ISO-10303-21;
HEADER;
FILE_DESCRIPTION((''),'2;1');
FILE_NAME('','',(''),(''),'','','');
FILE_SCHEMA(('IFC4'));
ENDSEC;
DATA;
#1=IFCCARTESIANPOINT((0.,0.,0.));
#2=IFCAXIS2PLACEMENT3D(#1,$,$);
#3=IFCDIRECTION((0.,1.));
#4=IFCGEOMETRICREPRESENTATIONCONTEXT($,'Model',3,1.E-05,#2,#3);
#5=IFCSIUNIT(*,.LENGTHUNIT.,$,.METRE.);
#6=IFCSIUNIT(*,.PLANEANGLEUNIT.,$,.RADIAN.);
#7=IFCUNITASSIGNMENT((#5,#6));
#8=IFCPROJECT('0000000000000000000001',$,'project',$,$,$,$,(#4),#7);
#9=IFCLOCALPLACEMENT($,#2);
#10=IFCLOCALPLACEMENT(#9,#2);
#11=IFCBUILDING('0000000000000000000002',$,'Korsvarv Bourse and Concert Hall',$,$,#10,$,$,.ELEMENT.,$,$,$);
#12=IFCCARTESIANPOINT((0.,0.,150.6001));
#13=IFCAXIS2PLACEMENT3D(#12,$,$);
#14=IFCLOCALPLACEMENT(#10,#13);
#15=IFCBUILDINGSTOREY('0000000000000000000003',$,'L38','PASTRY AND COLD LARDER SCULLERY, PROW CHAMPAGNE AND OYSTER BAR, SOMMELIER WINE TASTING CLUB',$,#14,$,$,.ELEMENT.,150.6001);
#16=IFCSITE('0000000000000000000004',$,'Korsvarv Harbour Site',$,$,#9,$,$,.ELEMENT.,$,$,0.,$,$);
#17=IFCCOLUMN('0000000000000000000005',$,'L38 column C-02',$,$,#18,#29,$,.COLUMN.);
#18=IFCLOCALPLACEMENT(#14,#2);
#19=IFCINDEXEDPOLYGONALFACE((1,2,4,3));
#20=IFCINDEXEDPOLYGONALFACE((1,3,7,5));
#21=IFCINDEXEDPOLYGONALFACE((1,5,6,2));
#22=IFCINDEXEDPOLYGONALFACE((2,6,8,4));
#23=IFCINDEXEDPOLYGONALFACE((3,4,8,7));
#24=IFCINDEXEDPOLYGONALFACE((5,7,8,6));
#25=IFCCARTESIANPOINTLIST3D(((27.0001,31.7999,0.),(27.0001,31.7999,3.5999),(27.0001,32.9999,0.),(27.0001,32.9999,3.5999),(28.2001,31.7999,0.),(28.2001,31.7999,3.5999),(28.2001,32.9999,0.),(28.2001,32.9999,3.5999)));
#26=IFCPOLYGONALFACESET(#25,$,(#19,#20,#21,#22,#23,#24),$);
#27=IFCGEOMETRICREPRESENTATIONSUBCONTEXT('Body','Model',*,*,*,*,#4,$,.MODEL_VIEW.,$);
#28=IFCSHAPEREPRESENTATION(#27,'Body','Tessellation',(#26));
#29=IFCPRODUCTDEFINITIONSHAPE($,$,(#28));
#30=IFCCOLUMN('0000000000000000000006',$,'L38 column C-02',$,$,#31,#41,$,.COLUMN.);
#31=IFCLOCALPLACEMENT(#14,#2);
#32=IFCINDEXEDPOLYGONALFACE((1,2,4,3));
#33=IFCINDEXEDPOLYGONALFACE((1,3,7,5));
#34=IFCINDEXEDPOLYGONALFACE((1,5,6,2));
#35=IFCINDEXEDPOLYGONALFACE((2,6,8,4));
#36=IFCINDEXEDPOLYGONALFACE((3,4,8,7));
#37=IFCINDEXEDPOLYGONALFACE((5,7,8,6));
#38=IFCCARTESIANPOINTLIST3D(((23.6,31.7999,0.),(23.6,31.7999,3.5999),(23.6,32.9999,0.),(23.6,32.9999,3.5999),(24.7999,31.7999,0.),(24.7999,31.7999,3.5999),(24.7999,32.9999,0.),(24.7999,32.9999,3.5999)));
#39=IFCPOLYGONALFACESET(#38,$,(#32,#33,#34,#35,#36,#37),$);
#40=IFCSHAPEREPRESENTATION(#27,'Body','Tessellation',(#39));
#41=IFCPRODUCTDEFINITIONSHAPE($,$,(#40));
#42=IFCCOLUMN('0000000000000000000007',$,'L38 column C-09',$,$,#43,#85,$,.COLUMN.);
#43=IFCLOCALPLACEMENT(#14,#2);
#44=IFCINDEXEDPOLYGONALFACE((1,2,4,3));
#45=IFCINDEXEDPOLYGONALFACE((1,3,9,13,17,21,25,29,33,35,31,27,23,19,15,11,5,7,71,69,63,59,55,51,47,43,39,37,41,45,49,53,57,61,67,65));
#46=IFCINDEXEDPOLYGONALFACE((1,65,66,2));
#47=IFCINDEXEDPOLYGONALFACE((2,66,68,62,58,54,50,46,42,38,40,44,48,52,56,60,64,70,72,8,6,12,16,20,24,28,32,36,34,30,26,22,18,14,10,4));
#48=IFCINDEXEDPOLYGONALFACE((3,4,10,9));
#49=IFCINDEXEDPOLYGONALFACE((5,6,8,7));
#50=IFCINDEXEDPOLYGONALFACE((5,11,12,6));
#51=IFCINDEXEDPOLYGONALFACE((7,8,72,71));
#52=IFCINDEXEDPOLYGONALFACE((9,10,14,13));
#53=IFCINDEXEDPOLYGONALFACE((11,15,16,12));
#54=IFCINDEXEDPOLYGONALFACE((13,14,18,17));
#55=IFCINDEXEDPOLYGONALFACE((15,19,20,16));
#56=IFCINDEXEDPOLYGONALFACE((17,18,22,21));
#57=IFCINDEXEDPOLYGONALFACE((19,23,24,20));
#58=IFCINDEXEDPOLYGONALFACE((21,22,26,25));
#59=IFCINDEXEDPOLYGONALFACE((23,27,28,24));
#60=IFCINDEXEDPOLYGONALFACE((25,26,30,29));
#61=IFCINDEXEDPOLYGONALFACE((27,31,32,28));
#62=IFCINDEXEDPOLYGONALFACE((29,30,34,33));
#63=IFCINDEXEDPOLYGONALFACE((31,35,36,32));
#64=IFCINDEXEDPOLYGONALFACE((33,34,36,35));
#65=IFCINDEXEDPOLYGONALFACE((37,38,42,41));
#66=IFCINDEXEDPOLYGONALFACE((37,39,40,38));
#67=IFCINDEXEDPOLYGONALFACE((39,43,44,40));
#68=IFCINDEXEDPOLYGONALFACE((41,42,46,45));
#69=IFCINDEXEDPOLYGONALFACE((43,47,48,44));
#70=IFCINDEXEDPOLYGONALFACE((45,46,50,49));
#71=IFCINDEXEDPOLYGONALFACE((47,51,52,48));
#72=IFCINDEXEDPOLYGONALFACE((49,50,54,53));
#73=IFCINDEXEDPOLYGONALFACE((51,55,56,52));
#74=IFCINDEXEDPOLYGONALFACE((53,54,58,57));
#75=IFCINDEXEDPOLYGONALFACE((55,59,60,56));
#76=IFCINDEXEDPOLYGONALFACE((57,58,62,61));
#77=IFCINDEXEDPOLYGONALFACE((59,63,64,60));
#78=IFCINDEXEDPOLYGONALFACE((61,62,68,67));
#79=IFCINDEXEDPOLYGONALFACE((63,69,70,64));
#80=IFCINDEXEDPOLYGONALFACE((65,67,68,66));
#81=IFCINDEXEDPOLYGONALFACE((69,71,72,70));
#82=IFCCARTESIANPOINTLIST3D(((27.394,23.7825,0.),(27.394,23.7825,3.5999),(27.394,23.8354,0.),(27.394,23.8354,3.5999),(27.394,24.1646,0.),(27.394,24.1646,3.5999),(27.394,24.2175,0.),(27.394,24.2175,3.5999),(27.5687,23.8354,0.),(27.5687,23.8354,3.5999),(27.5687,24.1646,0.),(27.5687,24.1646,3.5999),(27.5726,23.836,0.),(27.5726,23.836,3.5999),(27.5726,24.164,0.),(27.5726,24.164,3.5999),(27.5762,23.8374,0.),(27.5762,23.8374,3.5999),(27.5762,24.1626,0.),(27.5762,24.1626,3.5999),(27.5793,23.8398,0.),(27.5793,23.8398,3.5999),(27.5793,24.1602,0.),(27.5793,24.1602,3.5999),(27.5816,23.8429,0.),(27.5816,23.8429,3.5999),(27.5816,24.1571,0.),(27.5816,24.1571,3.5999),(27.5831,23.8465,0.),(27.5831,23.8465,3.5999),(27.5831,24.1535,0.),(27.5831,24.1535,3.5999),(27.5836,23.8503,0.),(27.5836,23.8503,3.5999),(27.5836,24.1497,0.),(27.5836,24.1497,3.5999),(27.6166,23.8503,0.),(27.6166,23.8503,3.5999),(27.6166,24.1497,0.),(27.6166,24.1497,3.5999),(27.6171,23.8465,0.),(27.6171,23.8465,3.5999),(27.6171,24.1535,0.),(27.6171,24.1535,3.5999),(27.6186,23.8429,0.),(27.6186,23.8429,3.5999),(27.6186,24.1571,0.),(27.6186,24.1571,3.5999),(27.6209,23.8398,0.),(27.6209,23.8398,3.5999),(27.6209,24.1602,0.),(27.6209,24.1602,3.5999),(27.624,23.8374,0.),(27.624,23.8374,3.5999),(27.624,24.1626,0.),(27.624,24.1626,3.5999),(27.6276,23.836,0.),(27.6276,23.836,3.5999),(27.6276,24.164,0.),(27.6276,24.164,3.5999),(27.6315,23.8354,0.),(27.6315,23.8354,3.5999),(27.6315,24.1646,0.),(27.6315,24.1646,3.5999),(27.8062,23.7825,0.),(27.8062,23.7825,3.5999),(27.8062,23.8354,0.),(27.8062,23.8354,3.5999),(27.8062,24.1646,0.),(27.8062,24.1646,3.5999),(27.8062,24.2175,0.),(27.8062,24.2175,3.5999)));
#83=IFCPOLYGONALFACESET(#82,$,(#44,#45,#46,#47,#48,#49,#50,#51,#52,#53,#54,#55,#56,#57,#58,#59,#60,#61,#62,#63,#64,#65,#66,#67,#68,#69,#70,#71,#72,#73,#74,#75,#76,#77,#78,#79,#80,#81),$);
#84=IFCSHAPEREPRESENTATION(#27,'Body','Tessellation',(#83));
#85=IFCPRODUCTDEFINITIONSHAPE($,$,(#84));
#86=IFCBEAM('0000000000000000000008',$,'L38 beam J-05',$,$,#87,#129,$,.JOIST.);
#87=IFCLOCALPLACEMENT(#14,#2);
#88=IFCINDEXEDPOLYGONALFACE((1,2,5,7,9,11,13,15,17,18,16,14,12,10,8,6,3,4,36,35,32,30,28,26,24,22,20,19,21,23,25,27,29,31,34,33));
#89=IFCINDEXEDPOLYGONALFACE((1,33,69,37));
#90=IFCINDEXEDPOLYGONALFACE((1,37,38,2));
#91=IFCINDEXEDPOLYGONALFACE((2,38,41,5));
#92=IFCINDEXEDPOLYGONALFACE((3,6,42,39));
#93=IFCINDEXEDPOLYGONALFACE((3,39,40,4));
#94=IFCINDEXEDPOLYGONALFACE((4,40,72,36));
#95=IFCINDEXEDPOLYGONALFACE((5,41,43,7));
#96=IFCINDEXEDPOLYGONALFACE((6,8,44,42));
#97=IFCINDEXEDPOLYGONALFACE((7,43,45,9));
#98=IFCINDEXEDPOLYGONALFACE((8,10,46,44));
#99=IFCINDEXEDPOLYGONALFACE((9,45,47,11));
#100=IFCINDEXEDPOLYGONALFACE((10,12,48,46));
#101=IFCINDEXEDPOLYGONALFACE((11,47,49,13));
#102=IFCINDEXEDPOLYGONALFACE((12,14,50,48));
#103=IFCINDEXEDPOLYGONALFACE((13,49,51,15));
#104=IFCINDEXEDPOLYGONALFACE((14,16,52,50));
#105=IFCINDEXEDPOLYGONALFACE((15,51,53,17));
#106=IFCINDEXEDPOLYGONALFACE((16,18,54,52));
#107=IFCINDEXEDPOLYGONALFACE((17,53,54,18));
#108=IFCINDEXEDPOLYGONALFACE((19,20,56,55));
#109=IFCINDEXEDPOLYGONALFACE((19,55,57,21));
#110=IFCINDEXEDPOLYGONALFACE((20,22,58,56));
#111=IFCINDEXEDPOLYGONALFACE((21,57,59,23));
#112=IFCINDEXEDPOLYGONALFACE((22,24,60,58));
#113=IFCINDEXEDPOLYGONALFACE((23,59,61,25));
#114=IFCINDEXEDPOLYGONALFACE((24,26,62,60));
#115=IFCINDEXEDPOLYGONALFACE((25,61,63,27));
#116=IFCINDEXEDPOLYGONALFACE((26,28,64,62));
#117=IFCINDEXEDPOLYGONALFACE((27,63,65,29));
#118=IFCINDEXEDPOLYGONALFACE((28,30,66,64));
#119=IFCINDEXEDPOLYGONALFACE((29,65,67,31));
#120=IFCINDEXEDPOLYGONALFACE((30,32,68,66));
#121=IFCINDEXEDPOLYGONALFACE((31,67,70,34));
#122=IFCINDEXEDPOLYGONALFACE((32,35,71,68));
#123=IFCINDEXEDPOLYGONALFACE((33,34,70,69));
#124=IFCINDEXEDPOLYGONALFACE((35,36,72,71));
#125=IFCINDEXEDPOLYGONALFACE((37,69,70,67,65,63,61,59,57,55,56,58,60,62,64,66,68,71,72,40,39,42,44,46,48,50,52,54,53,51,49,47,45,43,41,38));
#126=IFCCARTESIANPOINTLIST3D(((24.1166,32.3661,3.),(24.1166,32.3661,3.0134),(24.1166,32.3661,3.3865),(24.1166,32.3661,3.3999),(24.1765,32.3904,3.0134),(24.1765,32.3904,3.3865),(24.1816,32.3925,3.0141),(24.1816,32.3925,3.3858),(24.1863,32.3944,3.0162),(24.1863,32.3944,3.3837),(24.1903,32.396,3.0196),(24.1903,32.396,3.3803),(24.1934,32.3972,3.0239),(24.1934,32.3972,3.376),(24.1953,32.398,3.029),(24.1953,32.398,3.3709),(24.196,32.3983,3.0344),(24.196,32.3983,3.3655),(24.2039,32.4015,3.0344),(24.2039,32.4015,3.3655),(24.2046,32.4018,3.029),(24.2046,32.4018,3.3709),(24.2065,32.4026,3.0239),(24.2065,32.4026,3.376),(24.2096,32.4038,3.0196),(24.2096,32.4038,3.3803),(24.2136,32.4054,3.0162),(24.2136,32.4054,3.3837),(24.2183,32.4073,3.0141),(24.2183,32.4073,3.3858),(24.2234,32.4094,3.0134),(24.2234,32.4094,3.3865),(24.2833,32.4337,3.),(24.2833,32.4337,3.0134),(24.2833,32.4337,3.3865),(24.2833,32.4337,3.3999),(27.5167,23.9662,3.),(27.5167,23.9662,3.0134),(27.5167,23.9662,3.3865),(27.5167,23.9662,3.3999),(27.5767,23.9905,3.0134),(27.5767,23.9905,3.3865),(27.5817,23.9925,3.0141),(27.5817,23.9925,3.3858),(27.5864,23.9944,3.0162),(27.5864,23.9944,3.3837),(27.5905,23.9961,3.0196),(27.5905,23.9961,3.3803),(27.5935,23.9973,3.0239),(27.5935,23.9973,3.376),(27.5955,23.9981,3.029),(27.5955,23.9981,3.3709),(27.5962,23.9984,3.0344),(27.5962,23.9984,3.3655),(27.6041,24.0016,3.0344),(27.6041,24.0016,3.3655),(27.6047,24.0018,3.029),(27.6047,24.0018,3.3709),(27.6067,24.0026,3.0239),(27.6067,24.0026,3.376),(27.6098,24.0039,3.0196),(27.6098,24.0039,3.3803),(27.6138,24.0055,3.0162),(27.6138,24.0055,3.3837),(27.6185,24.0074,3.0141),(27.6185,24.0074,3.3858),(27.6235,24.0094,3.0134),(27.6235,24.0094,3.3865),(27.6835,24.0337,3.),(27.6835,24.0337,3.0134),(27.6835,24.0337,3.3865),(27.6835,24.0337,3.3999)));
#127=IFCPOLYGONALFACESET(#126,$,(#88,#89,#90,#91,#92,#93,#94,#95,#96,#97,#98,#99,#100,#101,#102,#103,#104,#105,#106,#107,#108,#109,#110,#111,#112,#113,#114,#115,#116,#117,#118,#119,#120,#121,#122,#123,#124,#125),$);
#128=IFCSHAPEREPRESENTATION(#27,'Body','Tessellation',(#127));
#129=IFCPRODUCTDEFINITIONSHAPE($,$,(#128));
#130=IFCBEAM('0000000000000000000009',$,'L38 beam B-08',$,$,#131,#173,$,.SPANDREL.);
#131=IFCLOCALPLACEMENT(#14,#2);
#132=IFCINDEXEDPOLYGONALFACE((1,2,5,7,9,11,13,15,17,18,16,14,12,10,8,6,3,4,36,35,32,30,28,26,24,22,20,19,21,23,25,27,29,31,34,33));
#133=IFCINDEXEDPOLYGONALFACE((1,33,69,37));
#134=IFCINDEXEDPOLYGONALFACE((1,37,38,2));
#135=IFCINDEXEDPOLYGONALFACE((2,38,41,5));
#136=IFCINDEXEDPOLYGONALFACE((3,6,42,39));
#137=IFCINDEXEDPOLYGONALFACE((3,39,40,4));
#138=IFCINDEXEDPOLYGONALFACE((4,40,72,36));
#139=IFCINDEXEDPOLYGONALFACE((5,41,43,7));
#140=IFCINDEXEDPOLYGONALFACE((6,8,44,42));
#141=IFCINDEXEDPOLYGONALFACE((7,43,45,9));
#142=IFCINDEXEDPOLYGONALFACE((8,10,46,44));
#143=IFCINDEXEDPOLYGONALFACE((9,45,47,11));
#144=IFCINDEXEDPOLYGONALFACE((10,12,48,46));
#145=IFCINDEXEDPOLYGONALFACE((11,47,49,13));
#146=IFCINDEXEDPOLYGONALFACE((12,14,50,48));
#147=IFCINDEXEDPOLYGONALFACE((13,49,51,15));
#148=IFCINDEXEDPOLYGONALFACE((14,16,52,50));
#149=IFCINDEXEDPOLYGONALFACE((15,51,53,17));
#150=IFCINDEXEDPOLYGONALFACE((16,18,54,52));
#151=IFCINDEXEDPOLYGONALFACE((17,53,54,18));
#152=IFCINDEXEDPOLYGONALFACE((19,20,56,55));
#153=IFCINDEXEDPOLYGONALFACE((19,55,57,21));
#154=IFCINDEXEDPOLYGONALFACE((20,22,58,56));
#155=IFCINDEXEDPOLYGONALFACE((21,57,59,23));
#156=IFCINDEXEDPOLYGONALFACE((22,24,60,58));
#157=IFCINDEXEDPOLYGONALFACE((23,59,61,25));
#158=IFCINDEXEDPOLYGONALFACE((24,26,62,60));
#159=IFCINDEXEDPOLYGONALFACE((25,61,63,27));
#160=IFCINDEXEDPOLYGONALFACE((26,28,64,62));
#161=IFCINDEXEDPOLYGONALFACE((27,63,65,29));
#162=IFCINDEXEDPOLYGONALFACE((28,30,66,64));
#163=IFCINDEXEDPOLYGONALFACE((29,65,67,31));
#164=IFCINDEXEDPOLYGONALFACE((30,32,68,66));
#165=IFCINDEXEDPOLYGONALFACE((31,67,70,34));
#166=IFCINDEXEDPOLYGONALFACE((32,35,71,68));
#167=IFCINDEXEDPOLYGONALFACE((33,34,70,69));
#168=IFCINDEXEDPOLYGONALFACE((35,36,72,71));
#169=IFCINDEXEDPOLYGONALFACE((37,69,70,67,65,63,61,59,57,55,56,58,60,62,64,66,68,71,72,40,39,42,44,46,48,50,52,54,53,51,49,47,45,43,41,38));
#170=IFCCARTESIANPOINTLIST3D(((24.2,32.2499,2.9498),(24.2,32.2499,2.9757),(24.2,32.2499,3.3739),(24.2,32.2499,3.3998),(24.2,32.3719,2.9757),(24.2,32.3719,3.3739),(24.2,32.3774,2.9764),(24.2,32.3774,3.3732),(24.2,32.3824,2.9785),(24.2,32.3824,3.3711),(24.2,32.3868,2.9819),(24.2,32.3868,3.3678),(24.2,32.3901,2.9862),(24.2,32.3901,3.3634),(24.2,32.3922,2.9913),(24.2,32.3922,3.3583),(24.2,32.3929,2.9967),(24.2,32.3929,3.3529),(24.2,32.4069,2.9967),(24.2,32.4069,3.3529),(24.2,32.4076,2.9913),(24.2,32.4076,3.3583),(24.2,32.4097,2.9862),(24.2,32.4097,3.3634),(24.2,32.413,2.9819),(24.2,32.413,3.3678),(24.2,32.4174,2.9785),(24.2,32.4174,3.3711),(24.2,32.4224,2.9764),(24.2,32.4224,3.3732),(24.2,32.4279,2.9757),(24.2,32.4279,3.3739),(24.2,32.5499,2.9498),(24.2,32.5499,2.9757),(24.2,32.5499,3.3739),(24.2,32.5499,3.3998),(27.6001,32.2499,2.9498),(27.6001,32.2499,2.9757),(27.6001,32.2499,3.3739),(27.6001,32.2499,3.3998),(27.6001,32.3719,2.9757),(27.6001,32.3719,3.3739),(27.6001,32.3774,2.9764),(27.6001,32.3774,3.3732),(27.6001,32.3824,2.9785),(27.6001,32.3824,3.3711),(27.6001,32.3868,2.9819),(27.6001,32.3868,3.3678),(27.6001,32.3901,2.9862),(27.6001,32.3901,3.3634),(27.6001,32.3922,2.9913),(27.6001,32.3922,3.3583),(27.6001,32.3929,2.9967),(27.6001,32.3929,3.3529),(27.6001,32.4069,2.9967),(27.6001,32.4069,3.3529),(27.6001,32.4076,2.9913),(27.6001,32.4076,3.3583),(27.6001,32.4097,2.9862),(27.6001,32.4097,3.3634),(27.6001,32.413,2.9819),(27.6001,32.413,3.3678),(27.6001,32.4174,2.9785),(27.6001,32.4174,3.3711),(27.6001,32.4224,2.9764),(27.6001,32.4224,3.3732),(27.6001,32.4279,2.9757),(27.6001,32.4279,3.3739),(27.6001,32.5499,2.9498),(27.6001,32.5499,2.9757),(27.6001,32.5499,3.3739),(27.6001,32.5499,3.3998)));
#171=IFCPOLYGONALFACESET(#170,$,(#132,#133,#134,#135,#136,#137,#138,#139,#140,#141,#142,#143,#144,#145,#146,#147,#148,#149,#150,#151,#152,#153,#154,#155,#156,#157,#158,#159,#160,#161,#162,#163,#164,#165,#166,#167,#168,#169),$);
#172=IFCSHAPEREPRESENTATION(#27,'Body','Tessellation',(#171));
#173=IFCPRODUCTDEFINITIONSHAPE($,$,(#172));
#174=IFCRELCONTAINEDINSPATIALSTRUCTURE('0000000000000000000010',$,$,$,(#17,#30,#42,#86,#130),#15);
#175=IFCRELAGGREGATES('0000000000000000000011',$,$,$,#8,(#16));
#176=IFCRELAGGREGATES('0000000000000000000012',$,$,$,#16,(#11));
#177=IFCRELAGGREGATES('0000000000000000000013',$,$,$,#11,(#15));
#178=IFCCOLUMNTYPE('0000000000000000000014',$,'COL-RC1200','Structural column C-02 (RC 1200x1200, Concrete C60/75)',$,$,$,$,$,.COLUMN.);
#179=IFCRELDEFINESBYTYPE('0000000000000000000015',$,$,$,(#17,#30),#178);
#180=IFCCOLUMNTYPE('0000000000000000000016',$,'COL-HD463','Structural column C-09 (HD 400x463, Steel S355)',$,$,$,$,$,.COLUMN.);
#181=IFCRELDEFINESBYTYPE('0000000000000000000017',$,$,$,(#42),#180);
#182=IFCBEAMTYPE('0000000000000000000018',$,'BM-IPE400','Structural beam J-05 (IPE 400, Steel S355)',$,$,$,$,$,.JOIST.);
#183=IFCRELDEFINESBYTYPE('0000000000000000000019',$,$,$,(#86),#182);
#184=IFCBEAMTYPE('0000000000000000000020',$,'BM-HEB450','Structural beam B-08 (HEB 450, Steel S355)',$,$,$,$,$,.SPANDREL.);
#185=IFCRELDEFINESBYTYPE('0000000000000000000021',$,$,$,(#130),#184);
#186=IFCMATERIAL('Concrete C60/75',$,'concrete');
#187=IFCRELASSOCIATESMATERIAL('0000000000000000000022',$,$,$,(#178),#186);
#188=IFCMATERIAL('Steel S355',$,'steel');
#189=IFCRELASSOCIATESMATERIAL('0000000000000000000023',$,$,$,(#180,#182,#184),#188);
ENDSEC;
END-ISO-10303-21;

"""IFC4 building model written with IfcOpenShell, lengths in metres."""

from ifc_helpers import new_model, si_unit, direction, frame, origin, origin_2d, place, context, subcontext, project, spatial, rectangle, i_section, extrude, source, transform, mapped, material, material_profile, profile_set, type_object, element, save


model = new_model("IFC4")

# Units and contexts
model_context = context("Model", 3, precision=1e-05, world=origin(), true_north=direction((0.0, 1.0)))
body_context = subcontext(model_context, "Body", "Model", "MODEL_VIEW")
ifc_project = project(units=[si_unit("LENGTHUNIT", "METRE"), si_unit("PLANEANGLEUNIT", "RADIAN")], contexts=[model_context])

# Site, building, storey
site_placement = place(None, origin())
site = spatial("IfcSite", under=ifc_project, at=site_placement, Name="Korsvarv Harbour Site", CompositionType="ELEMENT", RefElevation=0.0)
building_placement = place(site_placement, origin())
building = spatial("IfcBuilding", under=site, at=building_placement, Name="Korsvarv Bourse and Concert Hall", CompositionType="ELEMENT")
storey_placement = place(building_placement, frame((0.0, 0.0, 150.6001)))
storey = spatial("IfcBuildingStorey", under=building, at=storey_placement, Name="L38", Description="PASTRY AND COLD LARDER SCULLERY, PROW CHAMPAGNE AND OYSTER BAR, SOMMELIER WINE TASTING CLUB", CompositionType="ELEMENT", Elevation=150.6001)

# Columns
ifc_material_1 = material(Name="Concrete C60/75", Category="concrete")
ifc_material_profile_1 = material_profile(ifc_material_1, rectangle(XDim=1.2, YDim=1.2, at=origin_2d()), Name="RC 1200x1200")
ifc_profile_set_1 = profile_set([ifc_material_profile_1], Name="Concrete C60/75")
column_type_1 = type_object("IfcColumnType", Name="COL-RC1200", Description="Structural column C-02 (RC 1200x1200, Concrete C60/75)", PredefinedType="COLUMN", material=ifc_profile_set_1)
shared_shape_1 = source(origin(), body_context, "Body", "SweptSolid", [
    extrude(rectangle(XDim=1.2, YDim=1.2, at=origin_2d()), origin(), (0.0, 0.0, 1.0), 3.5999),
])
for number, where, z_axis, x_axis, name in (
    (1, (27.6001, 32.3999, 0.0), (0.0, 0.0, 1.0), (1.0, 0.0, 0.0), "L38 column C-02"),
    (2, (24.2, 32.3999, 0.0), (0.0, 0.0, 1.0), (1.0, 0.0, 0.0), "L38 column C-02"),
):
    element("IfcColumn", number, at=place(storey_placement, frame(where, z_axis=z_axis, x_axis=x_axis)), inside=storey, type_object=column_type_1, Name=name, PredefinedType="COLUMN", context=body_context, shape_type="MappedRepresentation", body=[
        mapped(shared_shape_1, transform((0.0, 0.0, 0.0), scale=1.0)),
    ])
ifc_material_2 = material(Name="Steel S355", Category="steel")
ifc_material_profile_2 = material_profile(ifc_material_2, i_section(OverallWidth=0.4121, OverallDepth=0.4351, WebThickness=0.033, FlangeThickness=0.053, FilletRadius=0.0149, at=origin_2d()), Name="HD 400x463")
ifc_profile_set_2 = profile_set([ifc_material_profile_2], Name="Steel S355")
column_type_2 = type_object("IfcColumnType", Name="COL-HD463", Description="Structural column C-09 (HD 400x463, Steel S355)", PredefinedType="COLUMN", material=ifc_profile_set_2)
shared_shape_2 = source(origin(), body_context, "Body", "SweptSolid", [
    extrude(i_section(OverallWidth=0.4121, OverallDepth=0.4351, WebThickness=0.033, FlangeThickness=0.053, FilletRadius=0.0149, at=origin_2d()), origin(), (0.0, 0.0, 1.0), 3.5999),
])
column_placement = place(storey_placement, frame((27.6001, 24.0, 0.0), z_axis=(0.0, 0.0, 1.0), x_axis=(1.0, 0.0, 0.0)))
element("IfcColumn", 3, at=column_placement, inside=storey, type_object=column_type_2, Name="L38 column C-09", PredefinedType="COLUMN", context=body_context, shape_type="MappedRepresentation", body=[
    mapped(shared_shape_2, transform((0.0, 0.0, 0.0), scale=1.0)),
])

# Beams
ifc_material_profile_3 = material_profile(ifc_material_2, i_section(OverallWidth=0.1799, OverallDepth=0.3999, WebThickness=0.0085, FlangeThickness=0.0134, FilletRadius=0.021, at=origin_2d()), Name="IPE 400")
ifc_profile_set_3 = profile_set([ifc_material_profile_3], Name="Steel S355")
beam_type_1 = type_object("IfcBeamType", Name="BM-IPE400", Description="Structural beam J-05 (IPE 400, Steel S355)", PredefinedType="JOIST", material=ifc_profile_set_3)
shared_shape_3 = source(origin(), body_context, "Body", "SweptSolid", [
    extrude(i_section(OverallWidth=0.1799, OverallDepth=0.3999, WebThickness=0.0085, FlangeThickness=0.0134, FilletRadius=0.021, at=origin_2d()), origin(), (0.0, 0.0, 1.0), 9.062),
])
beam_1_placement = place(storey_placement, frame((24.2, 32.3999, 3.2), z_axis=(0.37521, -0.92694, 0.0), x_axis=(0.92694, 0.37521, 0.0)))
element("IfcBeam", 4, at=beam_1_placement, inside=storey, type_object=beam_type_1, Name="L38 beam J-05", PredefinedType="JOIST", context=body_context, shape_type="MappedRepresentation", body=[
    mapped(shared_shape_3, transform((0.0, 0.0, 0.0), scale=1.0)),
])
ifc_material_profile_4 = material_profile(ifc_material_2, i_section(OverallWidth=0.3, OverallDepth=0.45, WebThickness=0.0139, FlangeThickness=0.0259, FilletRadius=0.021, at=origin_2d()), Name="HEB 450")
ifc_profile_set_4 = profile_set([ifc_material_profile_4], Name="Steel S355")
beam_type_2 = type_object("IfcBeamType", Name="BM-HEB450", Description="Structural beam B-08 (HEB 450, Steel S355)", PredefinedType="SPANDREL", material=ifc_profile_set_4)
shared_shape_4 = source(origin(), body_context, "Body", "SweptSolid", [
    extrude(i_section(OverallWidth=0.3, OverallDepth=0.45, WebThickness=0.0139, FlangeThickness=0.0259, FilletRadius=0.021, at=origin_2d()), origin(), (0.0, 0.0, 1.0), 3.4001),
])
beam_2_placement = place(storey_placement, frame((24.2, 32.3999, 3.1748), z_axis=(1.0, 0.0, 0.0), x_axis=(0.0, 1.0, 0.0)))
element("IfcBeam", 5, at=beam_2_placement, inside=storey, type_object=beam_type_2, Name="L38 beam B-08", PredefinedType="SPANDREL", context=body_context, shape_type="MappedRepresentation", body=[
    mapped(shared_shape_4, transform((0.0, 0.0, 0.0), scale=1.0)),
])

save(model, "model.ifc")
